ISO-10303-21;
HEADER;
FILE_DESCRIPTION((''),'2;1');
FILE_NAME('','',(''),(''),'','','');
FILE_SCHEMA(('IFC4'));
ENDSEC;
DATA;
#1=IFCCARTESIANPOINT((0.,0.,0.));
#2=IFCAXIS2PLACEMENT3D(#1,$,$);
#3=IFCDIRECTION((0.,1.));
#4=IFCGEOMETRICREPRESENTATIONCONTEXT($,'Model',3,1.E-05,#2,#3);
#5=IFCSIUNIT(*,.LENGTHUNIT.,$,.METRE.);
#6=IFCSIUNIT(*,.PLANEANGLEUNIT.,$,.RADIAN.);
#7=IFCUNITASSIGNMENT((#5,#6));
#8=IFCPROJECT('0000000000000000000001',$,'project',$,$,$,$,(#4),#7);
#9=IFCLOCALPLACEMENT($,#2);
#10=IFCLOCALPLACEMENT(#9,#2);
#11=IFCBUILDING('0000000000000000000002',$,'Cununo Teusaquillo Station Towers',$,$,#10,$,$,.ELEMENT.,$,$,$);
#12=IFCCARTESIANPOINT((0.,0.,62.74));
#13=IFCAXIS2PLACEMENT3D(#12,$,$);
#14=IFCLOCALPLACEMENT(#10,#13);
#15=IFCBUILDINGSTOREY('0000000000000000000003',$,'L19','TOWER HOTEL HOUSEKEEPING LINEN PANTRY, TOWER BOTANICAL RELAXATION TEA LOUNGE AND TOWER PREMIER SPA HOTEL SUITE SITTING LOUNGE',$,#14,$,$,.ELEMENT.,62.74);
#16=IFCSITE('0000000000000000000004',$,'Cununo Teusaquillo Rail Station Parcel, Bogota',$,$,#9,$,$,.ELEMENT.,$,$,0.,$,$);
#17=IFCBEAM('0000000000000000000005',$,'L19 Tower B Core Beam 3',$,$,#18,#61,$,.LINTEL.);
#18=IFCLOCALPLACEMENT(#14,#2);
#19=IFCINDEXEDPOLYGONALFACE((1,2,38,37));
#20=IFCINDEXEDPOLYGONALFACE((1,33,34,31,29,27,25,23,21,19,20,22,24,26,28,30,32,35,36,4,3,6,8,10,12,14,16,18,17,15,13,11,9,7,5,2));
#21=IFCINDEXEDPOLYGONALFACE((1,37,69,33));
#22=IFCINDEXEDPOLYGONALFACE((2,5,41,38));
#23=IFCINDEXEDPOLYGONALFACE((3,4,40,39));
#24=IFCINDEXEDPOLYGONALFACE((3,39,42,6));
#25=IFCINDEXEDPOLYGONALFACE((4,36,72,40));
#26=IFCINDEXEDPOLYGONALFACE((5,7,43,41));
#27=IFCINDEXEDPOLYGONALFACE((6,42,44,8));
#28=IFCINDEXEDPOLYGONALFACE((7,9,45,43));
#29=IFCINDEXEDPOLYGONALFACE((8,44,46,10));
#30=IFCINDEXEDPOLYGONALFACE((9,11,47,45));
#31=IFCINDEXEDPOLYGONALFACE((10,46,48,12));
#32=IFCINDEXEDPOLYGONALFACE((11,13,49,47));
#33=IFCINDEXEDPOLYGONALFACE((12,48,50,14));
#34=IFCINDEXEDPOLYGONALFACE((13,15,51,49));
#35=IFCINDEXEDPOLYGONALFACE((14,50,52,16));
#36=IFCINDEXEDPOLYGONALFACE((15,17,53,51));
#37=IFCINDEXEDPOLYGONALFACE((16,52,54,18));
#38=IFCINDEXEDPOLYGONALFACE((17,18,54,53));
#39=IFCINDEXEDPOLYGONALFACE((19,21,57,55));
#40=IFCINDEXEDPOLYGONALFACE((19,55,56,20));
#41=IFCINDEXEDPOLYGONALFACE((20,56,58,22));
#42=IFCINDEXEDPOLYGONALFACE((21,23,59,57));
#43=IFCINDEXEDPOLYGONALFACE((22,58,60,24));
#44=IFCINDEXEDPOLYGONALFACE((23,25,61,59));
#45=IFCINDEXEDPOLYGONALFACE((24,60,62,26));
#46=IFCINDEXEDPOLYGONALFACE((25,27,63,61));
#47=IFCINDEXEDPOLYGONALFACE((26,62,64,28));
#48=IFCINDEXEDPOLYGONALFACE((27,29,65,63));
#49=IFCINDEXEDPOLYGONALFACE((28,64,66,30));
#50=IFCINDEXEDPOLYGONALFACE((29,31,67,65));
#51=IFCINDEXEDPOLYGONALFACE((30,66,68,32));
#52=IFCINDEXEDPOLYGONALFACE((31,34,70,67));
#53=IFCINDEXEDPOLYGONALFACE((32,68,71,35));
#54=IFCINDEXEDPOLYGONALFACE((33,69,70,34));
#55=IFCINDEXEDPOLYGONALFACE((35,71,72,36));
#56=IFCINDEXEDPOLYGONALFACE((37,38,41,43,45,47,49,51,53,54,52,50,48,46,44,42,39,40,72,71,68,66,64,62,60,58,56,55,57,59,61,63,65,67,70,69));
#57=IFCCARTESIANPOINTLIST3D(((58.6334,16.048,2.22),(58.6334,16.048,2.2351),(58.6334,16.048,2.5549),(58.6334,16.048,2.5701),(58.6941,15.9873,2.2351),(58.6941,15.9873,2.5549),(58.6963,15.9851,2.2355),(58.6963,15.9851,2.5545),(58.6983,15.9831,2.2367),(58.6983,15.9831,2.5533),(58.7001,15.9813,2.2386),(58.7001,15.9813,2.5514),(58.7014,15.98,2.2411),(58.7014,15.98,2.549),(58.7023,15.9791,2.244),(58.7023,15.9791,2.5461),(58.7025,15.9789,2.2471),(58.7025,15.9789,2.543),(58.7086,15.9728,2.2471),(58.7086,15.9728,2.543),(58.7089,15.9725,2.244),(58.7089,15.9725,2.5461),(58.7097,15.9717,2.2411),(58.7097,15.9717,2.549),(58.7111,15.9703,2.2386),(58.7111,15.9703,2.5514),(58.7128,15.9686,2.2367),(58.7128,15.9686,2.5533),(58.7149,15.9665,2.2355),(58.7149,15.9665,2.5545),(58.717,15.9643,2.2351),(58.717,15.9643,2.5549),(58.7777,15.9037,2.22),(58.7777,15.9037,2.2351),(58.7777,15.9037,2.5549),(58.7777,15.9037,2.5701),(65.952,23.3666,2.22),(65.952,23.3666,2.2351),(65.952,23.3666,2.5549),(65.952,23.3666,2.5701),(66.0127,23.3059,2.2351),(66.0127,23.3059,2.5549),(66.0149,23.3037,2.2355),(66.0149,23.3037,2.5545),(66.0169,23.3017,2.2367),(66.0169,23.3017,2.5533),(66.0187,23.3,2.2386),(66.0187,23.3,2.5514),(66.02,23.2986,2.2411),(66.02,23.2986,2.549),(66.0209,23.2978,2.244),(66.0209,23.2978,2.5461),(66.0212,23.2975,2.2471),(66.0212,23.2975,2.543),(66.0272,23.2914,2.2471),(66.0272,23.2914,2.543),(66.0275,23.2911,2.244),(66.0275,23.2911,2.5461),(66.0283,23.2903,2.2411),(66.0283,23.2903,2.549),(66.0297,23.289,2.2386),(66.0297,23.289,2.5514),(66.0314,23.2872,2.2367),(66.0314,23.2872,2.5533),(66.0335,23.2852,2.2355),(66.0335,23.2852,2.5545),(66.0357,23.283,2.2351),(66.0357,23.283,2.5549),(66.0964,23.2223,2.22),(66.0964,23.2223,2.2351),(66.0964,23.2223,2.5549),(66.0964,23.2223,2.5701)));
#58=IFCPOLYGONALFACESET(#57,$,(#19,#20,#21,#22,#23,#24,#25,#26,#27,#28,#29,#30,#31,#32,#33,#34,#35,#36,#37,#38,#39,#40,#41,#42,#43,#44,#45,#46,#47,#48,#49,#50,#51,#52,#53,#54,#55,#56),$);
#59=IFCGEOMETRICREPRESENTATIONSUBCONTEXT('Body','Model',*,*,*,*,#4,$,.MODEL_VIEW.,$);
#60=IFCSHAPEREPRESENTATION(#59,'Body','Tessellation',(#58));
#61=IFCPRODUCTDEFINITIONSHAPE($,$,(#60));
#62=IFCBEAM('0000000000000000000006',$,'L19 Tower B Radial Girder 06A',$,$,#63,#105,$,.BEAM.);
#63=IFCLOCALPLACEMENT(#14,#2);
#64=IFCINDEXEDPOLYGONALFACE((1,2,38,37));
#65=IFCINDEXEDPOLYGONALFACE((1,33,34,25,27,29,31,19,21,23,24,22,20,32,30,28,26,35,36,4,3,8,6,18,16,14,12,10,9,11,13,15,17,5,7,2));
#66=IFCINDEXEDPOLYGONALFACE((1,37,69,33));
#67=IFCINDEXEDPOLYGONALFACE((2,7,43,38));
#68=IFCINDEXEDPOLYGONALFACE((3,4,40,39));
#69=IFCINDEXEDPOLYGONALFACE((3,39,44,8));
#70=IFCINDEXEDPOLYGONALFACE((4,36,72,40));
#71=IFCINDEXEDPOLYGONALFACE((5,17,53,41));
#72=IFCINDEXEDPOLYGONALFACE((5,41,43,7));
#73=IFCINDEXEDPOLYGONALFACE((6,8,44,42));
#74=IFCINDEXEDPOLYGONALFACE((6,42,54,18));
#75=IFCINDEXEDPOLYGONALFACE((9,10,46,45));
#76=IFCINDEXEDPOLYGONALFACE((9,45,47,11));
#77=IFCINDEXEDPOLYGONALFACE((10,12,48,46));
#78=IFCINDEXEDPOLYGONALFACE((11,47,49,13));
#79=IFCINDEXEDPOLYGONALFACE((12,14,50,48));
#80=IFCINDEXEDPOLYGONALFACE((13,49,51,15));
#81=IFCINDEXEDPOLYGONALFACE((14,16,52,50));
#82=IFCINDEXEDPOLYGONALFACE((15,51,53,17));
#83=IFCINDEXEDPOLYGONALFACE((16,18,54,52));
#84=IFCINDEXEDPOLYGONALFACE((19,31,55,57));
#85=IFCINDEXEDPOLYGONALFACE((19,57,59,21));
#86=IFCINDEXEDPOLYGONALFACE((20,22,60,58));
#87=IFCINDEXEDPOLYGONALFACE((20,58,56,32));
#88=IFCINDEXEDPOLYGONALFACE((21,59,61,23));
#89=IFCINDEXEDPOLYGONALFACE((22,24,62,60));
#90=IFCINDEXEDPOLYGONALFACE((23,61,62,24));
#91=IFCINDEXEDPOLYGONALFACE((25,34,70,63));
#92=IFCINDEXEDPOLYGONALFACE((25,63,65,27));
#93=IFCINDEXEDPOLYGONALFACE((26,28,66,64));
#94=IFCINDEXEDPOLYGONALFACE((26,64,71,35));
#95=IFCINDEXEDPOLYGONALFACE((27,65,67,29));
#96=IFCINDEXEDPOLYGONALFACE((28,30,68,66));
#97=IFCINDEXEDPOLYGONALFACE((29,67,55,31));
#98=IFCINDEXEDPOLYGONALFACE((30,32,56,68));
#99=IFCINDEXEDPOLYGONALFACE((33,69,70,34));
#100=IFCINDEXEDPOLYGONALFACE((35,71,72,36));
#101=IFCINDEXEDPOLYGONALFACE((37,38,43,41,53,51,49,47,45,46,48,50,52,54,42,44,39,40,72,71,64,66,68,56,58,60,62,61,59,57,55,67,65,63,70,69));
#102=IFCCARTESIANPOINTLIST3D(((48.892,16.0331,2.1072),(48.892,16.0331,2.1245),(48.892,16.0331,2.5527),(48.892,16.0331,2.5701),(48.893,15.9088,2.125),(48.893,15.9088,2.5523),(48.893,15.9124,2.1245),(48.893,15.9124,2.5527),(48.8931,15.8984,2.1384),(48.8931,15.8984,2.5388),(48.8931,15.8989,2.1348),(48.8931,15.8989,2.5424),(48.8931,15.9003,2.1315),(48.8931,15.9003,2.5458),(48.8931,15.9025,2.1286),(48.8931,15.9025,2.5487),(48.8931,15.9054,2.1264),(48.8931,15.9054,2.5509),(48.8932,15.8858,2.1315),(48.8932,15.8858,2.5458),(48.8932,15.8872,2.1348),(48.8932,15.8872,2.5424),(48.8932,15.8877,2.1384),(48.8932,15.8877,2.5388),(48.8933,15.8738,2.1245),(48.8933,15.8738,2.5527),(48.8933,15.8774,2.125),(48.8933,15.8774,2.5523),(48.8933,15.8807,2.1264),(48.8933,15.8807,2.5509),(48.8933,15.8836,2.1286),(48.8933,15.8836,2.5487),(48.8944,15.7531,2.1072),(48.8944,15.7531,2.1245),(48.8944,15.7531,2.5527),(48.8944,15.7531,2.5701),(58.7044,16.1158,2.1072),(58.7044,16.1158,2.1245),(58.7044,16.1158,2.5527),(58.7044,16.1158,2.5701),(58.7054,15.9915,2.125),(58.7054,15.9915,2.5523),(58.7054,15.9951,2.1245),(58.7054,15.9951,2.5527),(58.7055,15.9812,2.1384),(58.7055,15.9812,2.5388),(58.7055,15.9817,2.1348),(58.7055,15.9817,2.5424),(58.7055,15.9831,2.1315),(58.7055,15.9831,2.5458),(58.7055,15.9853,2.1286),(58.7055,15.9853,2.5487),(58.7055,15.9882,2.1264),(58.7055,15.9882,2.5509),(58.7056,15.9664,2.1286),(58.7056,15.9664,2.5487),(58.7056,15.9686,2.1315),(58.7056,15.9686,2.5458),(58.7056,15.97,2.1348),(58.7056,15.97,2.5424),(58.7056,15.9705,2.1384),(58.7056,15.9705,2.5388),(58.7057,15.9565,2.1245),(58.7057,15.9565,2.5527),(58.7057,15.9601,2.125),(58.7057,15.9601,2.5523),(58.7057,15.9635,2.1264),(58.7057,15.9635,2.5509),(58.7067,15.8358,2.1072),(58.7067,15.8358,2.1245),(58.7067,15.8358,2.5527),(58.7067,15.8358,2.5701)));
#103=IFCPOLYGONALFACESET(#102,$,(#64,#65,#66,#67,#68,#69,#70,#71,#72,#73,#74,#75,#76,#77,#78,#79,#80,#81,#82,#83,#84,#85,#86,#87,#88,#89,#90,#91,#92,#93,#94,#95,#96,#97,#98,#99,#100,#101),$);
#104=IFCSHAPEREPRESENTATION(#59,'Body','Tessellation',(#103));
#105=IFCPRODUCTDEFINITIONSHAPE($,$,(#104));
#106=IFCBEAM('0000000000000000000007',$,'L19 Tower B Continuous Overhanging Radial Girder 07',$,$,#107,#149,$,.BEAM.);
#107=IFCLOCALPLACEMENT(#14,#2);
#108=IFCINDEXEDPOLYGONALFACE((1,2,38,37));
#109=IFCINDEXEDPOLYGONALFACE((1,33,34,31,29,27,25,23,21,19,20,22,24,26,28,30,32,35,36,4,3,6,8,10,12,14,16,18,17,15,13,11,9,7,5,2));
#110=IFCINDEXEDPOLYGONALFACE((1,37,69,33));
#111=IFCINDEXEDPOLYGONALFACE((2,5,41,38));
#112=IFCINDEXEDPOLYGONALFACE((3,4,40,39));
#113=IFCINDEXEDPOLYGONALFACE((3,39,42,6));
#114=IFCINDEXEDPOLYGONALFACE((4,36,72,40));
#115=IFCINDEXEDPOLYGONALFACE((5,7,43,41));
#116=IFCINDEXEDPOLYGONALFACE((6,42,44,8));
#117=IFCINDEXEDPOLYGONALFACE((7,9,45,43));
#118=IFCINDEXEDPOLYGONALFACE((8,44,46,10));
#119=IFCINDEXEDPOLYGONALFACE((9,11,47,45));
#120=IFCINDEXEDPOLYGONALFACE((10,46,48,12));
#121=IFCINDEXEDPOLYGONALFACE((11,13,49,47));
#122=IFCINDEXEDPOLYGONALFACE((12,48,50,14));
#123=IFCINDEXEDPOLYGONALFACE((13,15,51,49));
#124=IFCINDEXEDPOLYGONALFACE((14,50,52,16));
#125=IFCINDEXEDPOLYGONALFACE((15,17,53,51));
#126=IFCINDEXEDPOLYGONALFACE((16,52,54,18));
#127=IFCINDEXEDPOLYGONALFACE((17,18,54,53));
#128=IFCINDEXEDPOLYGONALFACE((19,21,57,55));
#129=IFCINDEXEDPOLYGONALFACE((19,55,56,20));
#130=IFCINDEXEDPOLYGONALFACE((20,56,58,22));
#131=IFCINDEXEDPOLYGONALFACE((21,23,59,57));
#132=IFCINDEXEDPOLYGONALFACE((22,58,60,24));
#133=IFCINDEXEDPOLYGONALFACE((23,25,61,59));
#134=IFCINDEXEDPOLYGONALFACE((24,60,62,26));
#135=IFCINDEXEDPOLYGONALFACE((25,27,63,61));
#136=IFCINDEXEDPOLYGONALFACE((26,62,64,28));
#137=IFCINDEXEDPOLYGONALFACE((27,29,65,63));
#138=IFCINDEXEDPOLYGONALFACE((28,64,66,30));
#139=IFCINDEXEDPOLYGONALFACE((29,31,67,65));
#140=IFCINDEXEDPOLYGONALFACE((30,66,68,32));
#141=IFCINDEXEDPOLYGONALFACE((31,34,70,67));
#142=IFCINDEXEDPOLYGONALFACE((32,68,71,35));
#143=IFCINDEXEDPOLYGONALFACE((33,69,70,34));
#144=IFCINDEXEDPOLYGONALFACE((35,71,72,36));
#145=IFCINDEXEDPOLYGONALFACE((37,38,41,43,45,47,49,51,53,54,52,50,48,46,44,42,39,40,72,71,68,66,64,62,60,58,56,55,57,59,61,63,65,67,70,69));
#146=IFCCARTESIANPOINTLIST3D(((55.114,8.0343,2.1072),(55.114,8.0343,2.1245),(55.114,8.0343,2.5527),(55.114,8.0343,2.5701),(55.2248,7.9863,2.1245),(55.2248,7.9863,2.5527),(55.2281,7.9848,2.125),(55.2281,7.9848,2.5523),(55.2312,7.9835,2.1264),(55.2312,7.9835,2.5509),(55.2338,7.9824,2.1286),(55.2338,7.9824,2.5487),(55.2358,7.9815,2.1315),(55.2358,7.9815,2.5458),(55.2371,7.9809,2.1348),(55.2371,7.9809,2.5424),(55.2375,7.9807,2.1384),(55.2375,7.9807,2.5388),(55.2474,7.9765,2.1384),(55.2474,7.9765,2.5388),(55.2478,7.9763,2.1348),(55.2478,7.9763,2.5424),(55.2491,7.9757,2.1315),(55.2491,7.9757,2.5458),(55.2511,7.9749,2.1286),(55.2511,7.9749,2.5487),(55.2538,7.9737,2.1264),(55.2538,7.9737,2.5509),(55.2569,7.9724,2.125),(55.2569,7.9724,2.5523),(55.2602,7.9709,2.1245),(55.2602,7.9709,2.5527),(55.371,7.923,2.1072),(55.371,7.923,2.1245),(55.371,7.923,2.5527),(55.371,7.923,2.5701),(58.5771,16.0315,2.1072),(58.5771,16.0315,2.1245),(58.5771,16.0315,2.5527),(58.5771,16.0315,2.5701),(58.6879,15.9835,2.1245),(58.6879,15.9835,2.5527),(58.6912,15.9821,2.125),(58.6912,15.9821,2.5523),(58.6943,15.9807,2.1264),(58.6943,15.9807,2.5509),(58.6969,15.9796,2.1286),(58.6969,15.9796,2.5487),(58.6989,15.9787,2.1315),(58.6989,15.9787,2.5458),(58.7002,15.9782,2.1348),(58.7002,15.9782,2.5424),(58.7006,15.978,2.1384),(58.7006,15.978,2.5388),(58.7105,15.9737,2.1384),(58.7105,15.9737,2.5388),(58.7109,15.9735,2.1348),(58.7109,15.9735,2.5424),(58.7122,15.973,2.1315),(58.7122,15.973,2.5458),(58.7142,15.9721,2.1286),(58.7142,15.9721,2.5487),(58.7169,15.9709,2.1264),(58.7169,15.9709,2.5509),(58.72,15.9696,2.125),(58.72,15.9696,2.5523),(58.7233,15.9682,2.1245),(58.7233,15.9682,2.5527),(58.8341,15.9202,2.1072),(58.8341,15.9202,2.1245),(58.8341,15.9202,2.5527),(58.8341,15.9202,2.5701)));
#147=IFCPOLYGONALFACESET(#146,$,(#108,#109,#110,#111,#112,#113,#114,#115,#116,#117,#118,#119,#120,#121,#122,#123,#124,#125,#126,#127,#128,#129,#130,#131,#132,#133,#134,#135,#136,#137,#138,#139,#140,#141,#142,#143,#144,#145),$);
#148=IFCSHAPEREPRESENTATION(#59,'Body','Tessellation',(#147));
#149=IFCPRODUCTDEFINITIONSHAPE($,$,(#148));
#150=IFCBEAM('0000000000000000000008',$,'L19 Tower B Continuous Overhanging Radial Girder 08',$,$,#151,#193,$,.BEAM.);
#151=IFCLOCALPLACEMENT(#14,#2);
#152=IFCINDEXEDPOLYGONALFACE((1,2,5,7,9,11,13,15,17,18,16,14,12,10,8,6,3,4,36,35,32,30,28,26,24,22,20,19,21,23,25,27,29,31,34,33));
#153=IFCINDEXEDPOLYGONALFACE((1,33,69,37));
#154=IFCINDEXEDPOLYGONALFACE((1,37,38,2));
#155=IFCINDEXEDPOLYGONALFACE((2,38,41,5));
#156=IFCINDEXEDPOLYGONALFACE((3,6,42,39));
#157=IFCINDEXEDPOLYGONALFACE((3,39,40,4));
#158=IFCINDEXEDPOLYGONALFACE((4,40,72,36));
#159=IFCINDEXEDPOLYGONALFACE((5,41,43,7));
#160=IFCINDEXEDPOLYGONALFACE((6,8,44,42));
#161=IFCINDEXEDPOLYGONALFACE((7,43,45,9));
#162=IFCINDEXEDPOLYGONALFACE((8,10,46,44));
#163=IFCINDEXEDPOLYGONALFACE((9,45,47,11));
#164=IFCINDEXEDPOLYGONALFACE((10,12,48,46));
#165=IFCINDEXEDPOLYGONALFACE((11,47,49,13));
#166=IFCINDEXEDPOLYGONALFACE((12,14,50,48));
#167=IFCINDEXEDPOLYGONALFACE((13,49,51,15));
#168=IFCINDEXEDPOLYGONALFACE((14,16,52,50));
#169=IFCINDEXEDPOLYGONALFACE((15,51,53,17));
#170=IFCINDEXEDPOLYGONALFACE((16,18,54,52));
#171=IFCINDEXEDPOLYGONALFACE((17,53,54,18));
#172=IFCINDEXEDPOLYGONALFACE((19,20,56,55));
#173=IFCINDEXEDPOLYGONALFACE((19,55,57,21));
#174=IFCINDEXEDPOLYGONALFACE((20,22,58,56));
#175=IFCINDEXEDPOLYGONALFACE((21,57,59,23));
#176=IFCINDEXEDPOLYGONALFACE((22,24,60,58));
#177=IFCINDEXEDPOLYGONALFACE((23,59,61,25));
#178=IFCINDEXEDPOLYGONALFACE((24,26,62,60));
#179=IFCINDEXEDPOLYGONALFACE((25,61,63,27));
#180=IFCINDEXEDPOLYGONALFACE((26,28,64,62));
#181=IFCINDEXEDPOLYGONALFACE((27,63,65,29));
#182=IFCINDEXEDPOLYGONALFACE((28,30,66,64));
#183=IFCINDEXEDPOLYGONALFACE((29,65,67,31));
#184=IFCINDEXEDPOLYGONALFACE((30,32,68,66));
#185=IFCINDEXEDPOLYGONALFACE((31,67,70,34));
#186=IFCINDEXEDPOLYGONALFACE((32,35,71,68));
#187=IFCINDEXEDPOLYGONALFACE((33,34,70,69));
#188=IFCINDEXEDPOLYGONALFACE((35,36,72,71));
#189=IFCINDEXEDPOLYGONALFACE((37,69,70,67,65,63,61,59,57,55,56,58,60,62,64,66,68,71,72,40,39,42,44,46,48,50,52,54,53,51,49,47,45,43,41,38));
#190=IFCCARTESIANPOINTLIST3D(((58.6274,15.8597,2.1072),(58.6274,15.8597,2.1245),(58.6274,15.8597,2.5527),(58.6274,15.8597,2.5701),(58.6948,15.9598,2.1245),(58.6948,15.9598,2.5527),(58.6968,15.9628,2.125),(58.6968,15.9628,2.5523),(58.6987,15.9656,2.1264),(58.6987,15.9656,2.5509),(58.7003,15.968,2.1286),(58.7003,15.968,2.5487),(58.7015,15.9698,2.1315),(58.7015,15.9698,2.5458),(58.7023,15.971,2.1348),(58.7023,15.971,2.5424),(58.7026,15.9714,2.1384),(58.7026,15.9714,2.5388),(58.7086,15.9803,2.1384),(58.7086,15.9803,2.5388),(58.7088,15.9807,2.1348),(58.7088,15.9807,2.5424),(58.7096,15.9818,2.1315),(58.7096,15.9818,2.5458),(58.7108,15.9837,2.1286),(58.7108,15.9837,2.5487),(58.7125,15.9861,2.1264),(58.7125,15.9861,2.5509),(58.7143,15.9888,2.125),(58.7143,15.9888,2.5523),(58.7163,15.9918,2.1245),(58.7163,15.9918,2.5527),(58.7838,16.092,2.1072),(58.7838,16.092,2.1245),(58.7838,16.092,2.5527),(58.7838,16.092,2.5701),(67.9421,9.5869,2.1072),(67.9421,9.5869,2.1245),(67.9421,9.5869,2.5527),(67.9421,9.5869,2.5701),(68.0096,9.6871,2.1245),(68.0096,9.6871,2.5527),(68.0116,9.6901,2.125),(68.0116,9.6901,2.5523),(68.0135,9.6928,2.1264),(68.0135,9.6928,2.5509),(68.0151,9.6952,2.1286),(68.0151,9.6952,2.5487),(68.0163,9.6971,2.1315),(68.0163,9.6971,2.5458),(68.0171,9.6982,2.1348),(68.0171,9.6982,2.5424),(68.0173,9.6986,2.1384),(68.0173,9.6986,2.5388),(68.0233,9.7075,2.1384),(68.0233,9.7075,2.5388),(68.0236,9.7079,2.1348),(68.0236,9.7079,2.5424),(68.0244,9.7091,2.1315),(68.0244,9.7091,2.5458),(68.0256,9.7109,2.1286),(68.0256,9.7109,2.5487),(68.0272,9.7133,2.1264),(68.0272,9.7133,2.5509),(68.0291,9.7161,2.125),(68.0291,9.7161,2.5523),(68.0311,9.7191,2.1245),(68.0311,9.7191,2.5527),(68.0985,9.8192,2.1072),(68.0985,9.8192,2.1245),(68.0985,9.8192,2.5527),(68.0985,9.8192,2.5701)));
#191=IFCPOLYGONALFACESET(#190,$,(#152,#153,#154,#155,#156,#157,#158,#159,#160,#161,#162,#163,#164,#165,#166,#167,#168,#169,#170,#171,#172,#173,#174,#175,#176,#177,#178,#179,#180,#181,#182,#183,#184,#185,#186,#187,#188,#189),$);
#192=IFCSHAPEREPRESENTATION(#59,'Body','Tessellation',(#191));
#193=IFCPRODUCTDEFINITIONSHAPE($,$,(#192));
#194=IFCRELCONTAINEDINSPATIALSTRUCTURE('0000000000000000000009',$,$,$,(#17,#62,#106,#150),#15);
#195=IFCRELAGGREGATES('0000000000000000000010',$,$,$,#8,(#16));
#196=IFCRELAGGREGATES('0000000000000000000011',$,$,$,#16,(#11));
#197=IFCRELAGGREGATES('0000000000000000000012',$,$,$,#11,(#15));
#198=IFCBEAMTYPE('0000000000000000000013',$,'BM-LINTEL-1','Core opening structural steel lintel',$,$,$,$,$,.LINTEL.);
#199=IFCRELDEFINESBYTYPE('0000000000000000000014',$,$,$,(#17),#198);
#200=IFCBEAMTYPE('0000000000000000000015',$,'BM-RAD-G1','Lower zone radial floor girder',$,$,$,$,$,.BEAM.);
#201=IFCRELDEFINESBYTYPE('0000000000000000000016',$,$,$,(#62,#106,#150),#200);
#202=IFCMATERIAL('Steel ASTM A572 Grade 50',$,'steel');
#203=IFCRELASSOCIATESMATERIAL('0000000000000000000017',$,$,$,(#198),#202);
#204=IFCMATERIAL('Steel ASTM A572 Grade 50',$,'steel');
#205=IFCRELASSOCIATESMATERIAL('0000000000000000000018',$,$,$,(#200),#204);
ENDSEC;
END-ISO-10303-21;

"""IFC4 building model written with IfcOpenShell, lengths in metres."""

from ifc_helpers import new_model, si_unit, direction, frame, origin, origin_2d, place, context, subcontext, project, spatial, i_section, extrude, material, material_profile, profile_set, type_object, element, save


model = new_model("IFC4")

# Units and contexts
model_context = context("Model", 3, precision=1e-05, world=origin(), true_north=direction((0.0, 1.0)))
body_context = subcontext(model_context, "Body", "Model", "MODEL_VIEW")
ifc_project = project(units=[si_unit("LENGTHUNIT", "METRE"), si_unit("PLANEANGLEUNIT", "RADIAN")], contexts=[model_context])

# Site, building, storey
site_placement = place(None, origin())
site = spatial("IfcSite", under=ifc_project, at=site_placement, Name="Cununo Teusaquillo Rail Station Parcel, Bogota", CompositionType="ELEMENT", RefElevation=0.0)
building_placement = place(site_placement, origin())
building = spatial("IfcBuilding", under=site, at=building_placement, Name="Cununo Teusaquillo Station Towers", CompositionType="ELEMENT")
storey_placement = place(building_placement, frame((0.0, 0.0, 62.74)))
storey = spatial("IfcBuildingStorey", under=building, at=storey_placement, Name="L19", Description="TOWER HOTEL HOUSEKEEPING LINEN PANTRY, TOWER BOTANICAL RELAXATION TEA LOUNGE AND TOWER PREMIER SPA HOTEL SUITE SITTING LOUNGE", CompositionType="ELEMENT", Elevation=62.74)

# Beams
ifc_material_1 = material(Name="Steel ASTM A572 Grade 50", Category="steel")
ifc_material_profile_1 = material_profile(ifc_material_1, i_section(OverallWidth=0.2041, OverallDepth=0.3501, WebThickness=0.0085, FlangeThickness=0.0151, FilletRadius=0.012, at=origin_2d()), Name="W14X48")
ifc_profile_set_1 = profile_set([ifc_material_profile_1], Name="Steel ASTM A572 Grade 50")
beam_type_1 = type_object("IfcBeamType", Name="BM-LINTEL-1", Description="Core opening structural steel lintel", PredefinedType="LINTEL", material=ifc_profile_set_1)
beam_1_placement = place(storey_placement, frame((58.7056, 15.9758, 2.395), z_axis=(0.707107, 0.707107, 0.0), x_axis=(-0.707107, 0.707107, 0.0)))
element("IfcBeam", 1, at=beam_1_placement, inside=storey, type_object=beam_type_1, Name="L19 Tower B Core Beam 3", PredefinedType="LINTEL", context=body_context, shape_type="SweptSolid", body=[
    extrude(i_section(OverallWidth=0.2041, OverallDepth=0.3501, WebThickness=0.0085, FlangeThickness=0.0151, FilletRadius=0.012, at=origin_2d()), origin(), (0.0, 0.0, 1.0), 10.3501),
])
ifc_material_2 = material(Name="Steel ASTM A572 Grade 50", Category="steel")
ifc_material_profile_2 = material_profile(ifc_material_2, i_section(OverallWidth=0.28, OverallDepth=0.4629, WebThickness=0.0107, FlangeThickness=0.0173, FilletRadius=0.0139, at=origin_2d()), Name="W18X76")
ifc_profile_set_2 = profile_set([ifc_material_profile_2], Name="Steel ASTM A572 Grade 50")
beam_type_2 = type_object("IfcBeamType", Name="BM-RAD-G1", Description="Lower zone radial floor girder", PredefinedType="BEAM", material=ifc_profile_set_2)
beam_2_placement = place(storey_placement, frame((58.7056, 15.9758, 2.3386), z_axis=(-0.999964, -0.008434, 0.0), x_axis=(0.008434, -0.999964, 0.0)))
element("IfcBeam", 2, at=beam_2_placement, inside=storey, type_object=beam_type_2, Name="L19 Tower B Radial Girder 06A", PredefinedType="BEAM", context=body_context, shape_type="SweptSolid", body=[
    extrude(i_section(OverallWidth=0.28, OverallDepth=0.4629, WebThickness=0.0107, FlangeThickness=0.0173, FilletRadius=0.0139, at=origin_2d()), origin(), (0.0, 0.0, 1.0), 9.8127),
])
beam_3_placement = place(storey_placement, frame((58.7056, 15.9758, 2.3386), z_axis=(-0.397379, -0.917655, 0.0), x_axis=(0.917655, -0.397379, 0.0)))
element("IfcBeam", 3, at=beam_3_placement, inside=storey, type_object=beam_type_2, Name="L19 Tower B Continuous Overhanging Radial Girder 07", PredefinedType="BEAM", context=body_context, shape_type="SweptSolid", body=[
    extrude(i_section(OverallWidth=0.28, OverallDepth=0.4629, WebThickness=0.0107, FlangeThickness=0.0173, FilletRadius=0.0139, at=origin_2d()), origin(), (0.0, 0.0, 1.0), 8.7148),
])
beam_4_placement = place(storey_placement, frame((58.7056, 15.9758, 2.3386), z_axis=(0.829456, -0.558572, 0.0), x_axis=(0.558572, 0.829456, 0.0)))
element("IfcBeam", 4, at=beam_4_placement, inside=storey, type_object=beam_type_2, Name="L19 Tower B Continuous Overhanging Radial Girder 08", PredefinedType="BEAM", context=body_context, shape_type="SweptSolid", body=[
    extrude(i_section(OverallWidth=0.28, OverallDepth=0.4629, WebThickness=0.0107, FlangeThickness=0.0173, FilletRadius=0.0139, at=origin_2d()), origin(), (0.0, 0.0, 1.0), 11.23),
])

save(model, "model.ifc")
